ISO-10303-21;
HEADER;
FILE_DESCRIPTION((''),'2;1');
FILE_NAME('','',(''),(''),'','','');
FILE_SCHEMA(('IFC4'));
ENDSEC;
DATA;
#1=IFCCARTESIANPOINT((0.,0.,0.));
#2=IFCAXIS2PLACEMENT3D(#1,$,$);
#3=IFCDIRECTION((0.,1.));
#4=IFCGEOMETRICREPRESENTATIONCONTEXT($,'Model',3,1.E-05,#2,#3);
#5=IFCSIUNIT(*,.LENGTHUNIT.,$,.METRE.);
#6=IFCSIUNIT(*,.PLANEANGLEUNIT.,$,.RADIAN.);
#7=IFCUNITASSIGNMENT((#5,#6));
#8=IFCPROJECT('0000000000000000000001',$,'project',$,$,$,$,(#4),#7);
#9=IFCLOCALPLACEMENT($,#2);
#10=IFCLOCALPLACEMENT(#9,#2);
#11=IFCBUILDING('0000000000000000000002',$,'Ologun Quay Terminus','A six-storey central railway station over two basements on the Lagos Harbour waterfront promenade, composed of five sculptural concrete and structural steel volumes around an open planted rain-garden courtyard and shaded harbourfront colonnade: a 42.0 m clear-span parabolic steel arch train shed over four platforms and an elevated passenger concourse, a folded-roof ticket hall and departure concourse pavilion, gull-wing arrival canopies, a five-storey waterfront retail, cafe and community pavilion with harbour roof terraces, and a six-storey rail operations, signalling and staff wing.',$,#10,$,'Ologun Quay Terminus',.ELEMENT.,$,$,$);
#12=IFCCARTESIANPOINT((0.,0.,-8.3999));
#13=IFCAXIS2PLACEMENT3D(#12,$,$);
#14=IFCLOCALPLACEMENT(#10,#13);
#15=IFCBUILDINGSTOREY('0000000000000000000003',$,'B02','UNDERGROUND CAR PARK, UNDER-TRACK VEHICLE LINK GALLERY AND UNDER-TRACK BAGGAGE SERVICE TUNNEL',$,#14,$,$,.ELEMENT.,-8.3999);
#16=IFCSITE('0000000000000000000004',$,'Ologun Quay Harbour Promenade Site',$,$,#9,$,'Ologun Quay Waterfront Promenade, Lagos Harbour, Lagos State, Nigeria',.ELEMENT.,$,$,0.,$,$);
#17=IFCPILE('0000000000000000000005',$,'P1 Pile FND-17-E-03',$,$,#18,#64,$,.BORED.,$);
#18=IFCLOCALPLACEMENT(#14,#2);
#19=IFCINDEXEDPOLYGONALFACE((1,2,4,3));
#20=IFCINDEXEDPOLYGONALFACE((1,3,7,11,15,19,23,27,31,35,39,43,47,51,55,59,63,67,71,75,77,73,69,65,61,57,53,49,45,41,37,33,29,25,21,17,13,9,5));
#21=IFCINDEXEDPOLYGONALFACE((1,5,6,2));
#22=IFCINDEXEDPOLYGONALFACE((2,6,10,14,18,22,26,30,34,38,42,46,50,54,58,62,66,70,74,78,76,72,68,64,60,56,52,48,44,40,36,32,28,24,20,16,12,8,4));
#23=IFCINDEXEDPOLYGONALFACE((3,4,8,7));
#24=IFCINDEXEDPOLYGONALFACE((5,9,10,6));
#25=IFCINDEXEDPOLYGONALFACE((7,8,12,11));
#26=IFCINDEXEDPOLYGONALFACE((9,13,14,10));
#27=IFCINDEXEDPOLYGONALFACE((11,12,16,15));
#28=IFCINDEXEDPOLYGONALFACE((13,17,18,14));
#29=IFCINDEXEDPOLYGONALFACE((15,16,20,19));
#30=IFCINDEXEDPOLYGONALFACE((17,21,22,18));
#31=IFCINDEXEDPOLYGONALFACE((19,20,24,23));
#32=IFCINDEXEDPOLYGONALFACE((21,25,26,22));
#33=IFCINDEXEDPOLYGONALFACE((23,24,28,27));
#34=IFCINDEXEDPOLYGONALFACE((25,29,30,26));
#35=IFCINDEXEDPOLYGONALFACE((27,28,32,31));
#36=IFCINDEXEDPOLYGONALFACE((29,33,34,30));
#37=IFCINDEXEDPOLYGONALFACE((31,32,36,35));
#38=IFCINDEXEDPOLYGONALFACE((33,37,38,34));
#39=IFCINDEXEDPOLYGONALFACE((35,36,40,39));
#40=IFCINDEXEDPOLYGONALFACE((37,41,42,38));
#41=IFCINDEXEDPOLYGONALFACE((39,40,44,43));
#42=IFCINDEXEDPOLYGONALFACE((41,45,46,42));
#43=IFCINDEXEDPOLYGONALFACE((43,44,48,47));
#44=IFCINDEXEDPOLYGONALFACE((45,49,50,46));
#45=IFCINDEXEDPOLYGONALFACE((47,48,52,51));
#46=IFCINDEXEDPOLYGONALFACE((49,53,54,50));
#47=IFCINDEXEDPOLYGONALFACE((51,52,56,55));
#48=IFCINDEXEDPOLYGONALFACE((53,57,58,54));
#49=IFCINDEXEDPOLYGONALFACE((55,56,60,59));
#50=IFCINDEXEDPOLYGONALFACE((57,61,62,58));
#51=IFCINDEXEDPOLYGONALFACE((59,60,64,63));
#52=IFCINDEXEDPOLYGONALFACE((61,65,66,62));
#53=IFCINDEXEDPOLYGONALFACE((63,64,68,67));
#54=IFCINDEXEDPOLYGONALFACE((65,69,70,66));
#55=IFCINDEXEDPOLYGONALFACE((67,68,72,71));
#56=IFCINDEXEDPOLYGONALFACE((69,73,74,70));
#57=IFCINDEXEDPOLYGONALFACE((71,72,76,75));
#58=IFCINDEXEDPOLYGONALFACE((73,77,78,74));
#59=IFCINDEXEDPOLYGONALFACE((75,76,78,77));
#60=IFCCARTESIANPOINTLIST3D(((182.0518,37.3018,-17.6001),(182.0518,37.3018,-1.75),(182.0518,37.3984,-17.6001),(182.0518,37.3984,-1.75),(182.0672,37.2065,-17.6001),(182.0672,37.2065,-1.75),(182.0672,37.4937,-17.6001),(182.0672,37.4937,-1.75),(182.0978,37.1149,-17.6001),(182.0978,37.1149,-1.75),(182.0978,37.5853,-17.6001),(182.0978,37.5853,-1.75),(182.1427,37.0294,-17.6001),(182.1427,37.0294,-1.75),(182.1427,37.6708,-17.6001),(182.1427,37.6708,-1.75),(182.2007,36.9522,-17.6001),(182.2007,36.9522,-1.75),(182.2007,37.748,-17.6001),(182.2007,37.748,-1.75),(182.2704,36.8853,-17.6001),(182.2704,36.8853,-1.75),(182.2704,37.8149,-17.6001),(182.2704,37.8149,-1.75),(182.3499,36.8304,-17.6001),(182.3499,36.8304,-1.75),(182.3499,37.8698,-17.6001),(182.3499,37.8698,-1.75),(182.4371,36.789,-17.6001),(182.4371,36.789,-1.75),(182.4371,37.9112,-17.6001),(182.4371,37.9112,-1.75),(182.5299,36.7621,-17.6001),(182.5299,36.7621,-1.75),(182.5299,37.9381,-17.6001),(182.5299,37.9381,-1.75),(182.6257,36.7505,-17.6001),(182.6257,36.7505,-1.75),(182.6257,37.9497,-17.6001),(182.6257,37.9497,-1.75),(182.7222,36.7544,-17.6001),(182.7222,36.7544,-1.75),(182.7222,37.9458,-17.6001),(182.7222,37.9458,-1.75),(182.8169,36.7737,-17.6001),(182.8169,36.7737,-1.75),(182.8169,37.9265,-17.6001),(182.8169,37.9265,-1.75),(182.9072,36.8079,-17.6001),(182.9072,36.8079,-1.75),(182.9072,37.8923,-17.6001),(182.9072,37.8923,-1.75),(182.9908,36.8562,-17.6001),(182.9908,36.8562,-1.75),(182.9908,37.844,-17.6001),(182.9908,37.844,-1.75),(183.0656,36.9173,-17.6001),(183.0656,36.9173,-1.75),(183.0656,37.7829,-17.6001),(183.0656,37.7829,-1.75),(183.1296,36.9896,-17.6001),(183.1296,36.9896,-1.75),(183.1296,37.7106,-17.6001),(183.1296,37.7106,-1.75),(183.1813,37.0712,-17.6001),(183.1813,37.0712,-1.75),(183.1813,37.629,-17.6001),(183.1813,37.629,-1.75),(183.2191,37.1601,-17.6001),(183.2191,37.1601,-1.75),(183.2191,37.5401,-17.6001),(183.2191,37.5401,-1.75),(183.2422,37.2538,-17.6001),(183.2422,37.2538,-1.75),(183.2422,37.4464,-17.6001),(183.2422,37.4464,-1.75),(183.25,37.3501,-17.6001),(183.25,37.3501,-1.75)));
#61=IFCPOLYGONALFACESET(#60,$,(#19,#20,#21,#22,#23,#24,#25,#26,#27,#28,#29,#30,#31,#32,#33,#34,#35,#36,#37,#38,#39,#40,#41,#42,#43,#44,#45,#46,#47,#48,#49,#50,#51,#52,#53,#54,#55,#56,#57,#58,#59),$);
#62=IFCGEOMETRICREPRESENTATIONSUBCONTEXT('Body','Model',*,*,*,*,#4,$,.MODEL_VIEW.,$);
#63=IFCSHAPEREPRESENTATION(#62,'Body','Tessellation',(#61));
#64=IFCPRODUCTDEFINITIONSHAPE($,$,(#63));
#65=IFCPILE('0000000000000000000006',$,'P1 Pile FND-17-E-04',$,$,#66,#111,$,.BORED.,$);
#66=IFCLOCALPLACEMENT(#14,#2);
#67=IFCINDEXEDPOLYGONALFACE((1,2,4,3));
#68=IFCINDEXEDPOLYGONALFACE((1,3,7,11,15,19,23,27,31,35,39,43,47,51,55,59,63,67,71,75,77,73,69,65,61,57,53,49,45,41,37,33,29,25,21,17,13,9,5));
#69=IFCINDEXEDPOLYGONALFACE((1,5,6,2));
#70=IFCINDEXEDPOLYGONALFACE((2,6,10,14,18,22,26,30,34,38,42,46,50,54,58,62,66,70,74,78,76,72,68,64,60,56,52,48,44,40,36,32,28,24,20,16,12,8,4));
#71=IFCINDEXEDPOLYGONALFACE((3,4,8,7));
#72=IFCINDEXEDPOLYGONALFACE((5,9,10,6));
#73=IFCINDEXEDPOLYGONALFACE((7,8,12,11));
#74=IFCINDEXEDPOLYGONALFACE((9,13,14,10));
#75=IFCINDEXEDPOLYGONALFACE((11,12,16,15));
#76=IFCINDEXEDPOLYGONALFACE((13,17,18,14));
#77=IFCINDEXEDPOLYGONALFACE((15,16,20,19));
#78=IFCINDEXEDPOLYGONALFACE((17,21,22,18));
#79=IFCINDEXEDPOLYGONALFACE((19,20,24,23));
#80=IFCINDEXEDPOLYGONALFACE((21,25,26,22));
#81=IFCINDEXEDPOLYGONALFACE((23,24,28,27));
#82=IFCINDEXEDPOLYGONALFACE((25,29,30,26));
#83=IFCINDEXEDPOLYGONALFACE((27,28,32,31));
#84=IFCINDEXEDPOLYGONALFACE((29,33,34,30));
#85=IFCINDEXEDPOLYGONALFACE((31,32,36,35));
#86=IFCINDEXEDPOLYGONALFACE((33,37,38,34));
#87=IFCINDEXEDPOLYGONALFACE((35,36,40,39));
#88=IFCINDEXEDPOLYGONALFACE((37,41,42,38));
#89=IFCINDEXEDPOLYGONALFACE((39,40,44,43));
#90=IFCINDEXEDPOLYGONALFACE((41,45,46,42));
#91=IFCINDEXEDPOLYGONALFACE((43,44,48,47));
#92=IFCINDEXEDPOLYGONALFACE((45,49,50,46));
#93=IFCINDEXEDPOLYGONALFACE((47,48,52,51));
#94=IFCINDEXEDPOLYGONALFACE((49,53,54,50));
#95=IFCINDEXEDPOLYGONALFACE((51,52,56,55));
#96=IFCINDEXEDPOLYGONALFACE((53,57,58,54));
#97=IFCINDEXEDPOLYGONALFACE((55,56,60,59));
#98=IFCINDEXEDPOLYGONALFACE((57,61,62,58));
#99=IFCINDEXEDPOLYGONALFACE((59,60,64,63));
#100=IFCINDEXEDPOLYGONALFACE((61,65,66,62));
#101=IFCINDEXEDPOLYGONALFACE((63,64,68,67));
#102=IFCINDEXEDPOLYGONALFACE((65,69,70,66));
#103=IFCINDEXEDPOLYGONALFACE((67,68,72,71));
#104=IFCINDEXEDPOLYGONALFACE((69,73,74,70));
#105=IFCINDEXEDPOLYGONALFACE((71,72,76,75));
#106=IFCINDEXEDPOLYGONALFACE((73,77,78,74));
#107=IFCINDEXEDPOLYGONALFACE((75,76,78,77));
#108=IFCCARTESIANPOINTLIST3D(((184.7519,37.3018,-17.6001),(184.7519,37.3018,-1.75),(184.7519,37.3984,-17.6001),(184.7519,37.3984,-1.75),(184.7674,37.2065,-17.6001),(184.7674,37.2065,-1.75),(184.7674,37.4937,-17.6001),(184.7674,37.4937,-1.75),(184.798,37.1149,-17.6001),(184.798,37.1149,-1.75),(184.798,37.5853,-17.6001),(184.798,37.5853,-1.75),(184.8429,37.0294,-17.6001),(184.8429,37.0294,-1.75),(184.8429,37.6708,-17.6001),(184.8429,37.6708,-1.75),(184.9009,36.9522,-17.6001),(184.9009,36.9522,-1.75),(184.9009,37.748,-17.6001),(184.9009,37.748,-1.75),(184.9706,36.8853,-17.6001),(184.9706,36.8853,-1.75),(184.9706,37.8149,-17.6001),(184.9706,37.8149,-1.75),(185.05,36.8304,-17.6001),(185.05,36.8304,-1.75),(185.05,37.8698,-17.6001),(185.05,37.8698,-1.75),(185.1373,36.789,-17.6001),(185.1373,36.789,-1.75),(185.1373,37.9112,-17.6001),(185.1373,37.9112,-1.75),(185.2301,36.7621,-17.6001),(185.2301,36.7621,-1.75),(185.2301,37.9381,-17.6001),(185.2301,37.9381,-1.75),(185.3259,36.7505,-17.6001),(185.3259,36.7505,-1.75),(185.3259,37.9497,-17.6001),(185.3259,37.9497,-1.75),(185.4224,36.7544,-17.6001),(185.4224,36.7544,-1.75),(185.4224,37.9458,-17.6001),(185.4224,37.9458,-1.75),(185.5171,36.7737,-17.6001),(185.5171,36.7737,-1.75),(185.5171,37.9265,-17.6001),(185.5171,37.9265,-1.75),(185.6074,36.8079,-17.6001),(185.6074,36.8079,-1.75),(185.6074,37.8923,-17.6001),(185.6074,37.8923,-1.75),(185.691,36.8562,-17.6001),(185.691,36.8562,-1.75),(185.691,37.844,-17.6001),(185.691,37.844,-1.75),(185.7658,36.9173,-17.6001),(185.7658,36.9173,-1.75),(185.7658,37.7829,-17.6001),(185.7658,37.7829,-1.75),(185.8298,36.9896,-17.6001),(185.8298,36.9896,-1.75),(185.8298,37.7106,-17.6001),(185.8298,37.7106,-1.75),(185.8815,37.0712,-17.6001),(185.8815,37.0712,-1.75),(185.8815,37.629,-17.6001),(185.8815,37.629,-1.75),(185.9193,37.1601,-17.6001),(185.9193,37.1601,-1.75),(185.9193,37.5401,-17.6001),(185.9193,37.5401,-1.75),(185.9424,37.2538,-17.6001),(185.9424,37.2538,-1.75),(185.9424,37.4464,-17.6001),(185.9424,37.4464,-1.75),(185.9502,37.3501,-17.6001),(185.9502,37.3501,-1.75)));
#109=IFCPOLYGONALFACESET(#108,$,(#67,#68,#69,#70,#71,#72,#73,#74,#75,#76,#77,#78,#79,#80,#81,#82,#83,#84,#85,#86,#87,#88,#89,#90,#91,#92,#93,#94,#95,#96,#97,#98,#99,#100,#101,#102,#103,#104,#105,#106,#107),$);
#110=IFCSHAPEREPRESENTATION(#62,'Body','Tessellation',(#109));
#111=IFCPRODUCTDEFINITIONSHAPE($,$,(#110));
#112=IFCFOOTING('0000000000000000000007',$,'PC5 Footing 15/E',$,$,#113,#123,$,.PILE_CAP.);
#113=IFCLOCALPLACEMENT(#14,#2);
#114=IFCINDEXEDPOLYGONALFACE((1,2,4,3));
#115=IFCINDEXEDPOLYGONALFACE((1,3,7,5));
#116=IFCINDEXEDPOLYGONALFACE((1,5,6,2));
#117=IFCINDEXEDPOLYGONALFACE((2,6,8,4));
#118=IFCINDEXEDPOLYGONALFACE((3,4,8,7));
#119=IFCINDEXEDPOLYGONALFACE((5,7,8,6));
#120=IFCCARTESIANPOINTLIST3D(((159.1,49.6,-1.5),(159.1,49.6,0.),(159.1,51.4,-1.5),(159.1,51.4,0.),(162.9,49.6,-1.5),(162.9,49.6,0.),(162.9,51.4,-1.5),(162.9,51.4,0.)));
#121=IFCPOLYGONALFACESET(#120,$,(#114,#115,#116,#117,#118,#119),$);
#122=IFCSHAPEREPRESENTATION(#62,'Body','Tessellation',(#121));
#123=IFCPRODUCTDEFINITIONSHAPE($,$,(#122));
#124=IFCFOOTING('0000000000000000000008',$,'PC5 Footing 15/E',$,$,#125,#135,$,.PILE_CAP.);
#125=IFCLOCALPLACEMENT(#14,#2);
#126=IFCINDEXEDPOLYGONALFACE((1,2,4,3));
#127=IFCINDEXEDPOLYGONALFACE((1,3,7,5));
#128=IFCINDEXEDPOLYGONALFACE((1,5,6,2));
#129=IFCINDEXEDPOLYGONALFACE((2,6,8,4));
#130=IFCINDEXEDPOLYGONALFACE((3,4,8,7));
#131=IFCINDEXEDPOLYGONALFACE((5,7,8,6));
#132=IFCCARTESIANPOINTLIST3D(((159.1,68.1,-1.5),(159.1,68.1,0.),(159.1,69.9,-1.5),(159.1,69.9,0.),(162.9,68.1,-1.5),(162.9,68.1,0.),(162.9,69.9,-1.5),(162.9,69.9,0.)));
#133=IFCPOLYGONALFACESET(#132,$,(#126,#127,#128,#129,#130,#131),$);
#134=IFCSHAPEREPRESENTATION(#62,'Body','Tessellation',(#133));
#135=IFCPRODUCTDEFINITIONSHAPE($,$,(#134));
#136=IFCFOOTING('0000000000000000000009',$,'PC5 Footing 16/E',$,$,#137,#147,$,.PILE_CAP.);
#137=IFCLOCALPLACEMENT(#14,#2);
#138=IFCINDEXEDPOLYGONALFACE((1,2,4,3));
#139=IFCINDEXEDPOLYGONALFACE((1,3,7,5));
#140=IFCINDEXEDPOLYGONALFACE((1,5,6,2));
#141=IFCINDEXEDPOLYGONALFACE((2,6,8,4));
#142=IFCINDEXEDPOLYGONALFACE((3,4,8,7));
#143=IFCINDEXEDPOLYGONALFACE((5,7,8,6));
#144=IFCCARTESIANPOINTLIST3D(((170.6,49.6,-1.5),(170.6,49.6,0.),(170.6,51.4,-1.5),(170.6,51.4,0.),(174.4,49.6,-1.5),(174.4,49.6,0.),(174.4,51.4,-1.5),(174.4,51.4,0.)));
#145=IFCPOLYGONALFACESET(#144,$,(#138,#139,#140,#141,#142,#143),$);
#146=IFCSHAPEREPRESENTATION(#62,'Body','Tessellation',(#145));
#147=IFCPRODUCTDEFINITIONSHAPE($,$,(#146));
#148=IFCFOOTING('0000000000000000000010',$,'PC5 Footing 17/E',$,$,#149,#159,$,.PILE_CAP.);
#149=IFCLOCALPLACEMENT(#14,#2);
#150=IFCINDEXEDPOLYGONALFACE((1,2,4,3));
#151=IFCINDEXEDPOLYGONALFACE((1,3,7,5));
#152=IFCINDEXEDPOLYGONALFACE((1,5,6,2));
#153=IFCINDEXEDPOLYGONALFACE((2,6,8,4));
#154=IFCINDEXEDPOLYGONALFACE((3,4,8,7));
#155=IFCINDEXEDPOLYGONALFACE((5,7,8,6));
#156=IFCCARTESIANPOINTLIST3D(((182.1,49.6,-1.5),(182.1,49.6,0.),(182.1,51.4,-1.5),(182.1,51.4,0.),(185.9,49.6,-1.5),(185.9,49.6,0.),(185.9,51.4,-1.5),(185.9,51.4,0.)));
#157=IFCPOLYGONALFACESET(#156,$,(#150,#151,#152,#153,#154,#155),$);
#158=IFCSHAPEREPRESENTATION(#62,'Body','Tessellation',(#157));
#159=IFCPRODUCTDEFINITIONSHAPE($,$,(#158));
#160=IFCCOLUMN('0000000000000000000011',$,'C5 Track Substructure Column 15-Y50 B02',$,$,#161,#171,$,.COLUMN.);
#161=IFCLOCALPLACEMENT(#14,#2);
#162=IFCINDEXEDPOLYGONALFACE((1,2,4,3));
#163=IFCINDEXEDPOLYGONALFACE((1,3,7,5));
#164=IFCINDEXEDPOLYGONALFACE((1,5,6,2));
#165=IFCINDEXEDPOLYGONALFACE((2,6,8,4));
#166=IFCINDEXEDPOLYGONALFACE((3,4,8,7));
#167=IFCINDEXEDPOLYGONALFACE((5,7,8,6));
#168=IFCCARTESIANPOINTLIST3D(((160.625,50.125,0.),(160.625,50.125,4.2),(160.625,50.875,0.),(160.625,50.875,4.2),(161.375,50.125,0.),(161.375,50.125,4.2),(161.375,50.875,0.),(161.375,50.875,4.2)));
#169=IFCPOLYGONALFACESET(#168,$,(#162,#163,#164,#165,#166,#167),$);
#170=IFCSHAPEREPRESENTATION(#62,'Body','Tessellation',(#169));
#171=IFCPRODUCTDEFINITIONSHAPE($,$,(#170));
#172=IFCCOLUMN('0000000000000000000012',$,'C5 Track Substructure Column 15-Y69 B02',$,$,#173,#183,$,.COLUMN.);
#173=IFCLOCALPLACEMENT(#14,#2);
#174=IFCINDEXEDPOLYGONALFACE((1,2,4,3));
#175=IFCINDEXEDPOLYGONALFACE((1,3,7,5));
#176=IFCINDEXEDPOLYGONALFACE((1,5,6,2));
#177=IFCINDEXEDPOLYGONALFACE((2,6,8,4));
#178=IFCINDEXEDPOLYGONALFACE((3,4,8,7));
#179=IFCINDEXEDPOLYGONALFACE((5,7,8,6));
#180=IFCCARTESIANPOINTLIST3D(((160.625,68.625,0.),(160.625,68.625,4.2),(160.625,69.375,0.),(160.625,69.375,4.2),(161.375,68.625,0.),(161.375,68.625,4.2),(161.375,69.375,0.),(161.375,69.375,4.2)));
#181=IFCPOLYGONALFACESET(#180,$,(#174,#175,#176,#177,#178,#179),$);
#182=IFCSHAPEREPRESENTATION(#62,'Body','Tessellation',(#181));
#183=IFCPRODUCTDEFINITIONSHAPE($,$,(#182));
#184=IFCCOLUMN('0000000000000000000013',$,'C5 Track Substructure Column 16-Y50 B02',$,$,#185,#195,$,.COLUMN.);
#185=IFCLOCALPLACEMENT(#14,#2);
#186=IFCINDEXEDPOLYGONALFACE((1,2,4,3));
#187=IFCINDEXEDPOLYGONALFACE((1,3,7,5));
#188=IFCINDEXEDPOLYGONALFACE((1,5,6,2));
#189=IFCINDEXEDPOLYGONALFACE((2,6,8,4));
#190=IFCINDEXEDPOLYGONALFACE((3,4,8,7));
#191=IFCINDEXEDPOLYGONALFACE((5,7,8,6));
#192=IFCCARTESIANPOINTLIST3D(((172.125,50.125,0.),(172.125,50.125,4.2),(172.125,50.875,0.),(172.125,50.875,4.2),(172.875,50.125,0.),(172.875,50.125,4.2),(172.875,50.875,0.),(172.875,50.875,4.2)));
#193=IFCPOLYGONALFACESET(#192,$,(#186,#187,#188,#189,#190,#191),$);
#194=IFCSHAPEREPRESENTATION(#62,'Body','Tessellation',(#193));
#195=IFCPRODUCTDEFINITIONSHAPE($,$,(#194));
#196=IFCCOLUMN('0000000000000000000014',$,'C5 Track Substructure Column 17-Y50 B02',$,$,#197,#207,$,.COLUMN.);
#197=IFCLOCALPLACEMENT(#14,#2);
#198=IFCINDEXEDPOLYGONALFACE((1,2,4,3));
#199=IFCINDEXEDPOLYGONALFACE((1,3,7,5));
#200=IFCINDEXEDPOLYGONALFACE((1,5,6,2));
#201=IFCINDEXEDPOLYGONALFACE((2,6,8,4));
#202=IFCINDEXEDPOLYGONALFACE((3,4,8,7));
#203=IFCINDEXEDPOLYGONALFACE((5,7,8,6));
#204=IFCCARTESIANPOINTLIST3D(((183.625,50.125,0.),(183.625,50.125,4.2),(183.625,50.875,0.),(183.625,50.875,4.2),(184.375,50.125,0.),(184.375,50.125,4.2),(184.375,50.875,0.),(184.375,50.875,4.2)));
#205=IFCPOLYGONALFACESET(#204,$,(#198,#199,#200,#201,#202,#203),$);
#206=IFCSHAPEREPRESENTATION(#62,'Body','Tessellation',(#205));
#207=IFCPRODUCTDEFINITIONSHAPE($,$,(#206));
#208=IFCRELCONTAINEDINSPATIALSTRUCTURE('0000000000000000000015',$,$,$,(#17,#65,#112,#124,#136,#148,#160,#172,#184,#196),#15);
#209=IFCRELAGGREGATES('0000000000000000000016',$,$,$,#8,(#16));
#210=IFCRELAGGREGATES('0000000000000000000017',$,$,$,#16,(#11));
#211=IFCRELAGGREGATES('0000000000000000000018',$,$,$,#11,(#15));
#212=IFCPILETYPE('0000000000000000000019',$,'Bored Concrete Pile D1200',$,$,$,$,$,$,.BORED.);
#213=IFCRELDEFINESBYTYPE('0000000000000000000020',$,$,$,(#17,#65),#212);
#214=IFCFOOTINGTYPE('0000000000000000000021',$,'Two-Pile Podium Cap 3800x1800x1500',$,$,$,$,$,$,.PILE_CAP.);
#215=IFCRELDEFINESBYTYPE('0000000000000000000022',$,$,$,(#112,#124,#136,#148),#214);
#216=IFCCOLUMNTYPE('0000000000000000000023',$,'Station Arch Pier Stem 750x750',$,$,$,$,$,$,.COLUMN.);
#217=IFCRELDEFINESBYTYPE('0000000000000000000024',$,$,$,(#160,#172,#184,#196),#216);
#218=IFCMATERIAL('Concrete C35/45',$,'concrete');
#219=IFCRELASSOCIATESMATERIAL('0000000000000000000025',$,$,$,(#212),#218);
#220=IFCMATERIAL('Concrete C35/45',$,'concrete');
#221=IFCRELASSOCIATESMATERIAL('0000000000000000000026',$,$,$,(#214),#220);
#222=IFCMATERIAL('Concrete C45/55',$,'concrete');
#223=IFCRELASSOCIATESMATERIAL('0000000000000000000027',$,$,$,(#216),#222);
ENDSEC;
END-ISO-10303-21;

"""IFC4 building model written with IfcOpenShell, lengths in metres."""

from ifc_helpers import new_model, si_unit, direction, frame, origin, origin_2d, place, context, subcontext, project, spatial, rectangle, circle, extrude, material, material_profile, profile_set, type_object, element, save


model = new_model("IFC4")

# Units and contexts
model_context = context("Model", 3, precision=1e-05, world=origin(), true_north=direction((0.0, 1.0)))
body_context = subcontext(model_context, "Body", "Model", "MODEL_VIEW")
ifc_project = project(units=[si_unit("LENGTHUNIT", "METRE"), si_unit("PLANEANGLEUNIT", "RADIAN")], contexts=[model_context])

# Site, building, storey
site_placement = place(None, origin())
site = spatial("IfcSite", under=ifc_project, at=site_placement, Name="Ologun Quay Harbour Promenade Site", LongName="Ologun Quay Waterfront Promenade, Lagos Harbour, Lagos State, Nigeria", CompositionType="ELEMENT", RefElevation=0.0)
building_placement = place(site_placement, origin())
building = spatial("IfcBuilding", under=site, at=building_placement, Name="Ologun Quay Terminus", Description="A six-storey central railway station over two basements on the Lagos Harbour waterfront promenade, composed of five sculptural concrete and structural steel volumes around an open planted rain-garden courtyard and shaded harbourfront colonnade: a 42.0 m clear-span parabolic steel arch train shed over four platforms and an elevated passenger concourse, a folded-roof ticket hall and departure concourse pavilion, gull-wing arrival canopies, a five-storey waterfront retail, cafe and community pavilion with harbour roof terraces, and a six-storey rail operations, signalling and staff wing.", LongName="Ologun Quay Terminus", CompositionType="ELEMENT")
storey_placement = place(building_placement, frame((0.0, 0.0, -8.3999)))
storey = spatial("IfcBuildingStorey", under=building, at=storey_placement, Name="B02", Description="UNDERGROUND CAR PARK, UNDER-TRACK VEHICLE LINK GALLERY AND UNDER-TRACK BAGGAGE SERVICE TUNNEL", CompositionType="ELEMENT", Elevation=-8.3999)

# Piles
ifc_material_1 = material(Name="Concrete C35/45", Category="concrete")
ifc_material_profile_1 = material_profile(ifc_material_1, circle(Radius=0.6001, at=origin_2d()), Name="PILE D1200")
ifc_profile_set_1 = profile_set([ifc_material_profile_1], Name="Concrete C35/45")
pile_type_1 = type_object("IfcPileType", Name="Bored Concrete Pile D1200", PredefinedType="BORED", material=ifc_profile_set_1)
for number, where, z_axis, x_axis, name in (
    (1, (182.6499, 37.3501, -1.75), (0.0, 0.0, -1.0), (1.0, 0.0, 0.0), "P1 Pile FND-17-E-03"),
    (2, (185.3501, 37.3501, -1.75), (0.0, 0.0, -1.0), (1.0, 0.0, 0.0), "P1 Pile FND-17-E-04"),
):
    element("IfcPile", number, at=place(storey_placement, frame(where, z_axis=z_axis, x_axis=x_axis)), inside=storey, type_object=pile_type_1, Name=name, PredefinedType="BORED", context=body_context, shape_type="SweptSolid", body=[
        extrude(circle(Radius=0.6001, at=origin_2d()), origin(), (0.0, 0.0, 1.0), 15.8501),
    ])

# Footings
ifc_material_2 = material(Name="Concrete C35/45", Category="concrete")
footing_type = type_object("IfcFootingType", Name="Two-Pile Podium Cap 3800x1800x1500", PredefinedType="PILE_CAP", material=ifc_material_2)
for number, where, z_axis, x_axis, name in (
    (3, (161.0, 50.5, -1.5), (0.0, 0.0, 1.0), (1.0, 0.0, 0.0), "PC5 Footing 15/E"),
    (4, (161.0, 69.0, -1.5), (0.0, 0.0, 1.0), (1.0, 0.0, 0.0), "PC5 Footing 15/E"),
    (5, (172.5, 50.5, -1.5), (0.0, 0.0, 1.0), (1.0, 0.0, 0.0), "PC5 Footing 16/E"),
    (6, (184.0, 50.5, -1.5), (0.0, 0.0, 1.0), (1.0, 0.0, 0.0), "PC5 Footing 17/E"),
):
    element("IfcFooting", number, at=place(storey_placement, frame(where, z_axis=z_axis, x_axis=x_axis)), inside=storey, type_object=footing_type, Name=name, PredefinedType="PILE_CAP", context=body_context, shape_type="SweptSolid", body=[
        extrude(rectangle(XDim=3.8, YDim=1.8, at=origin_2d()), origin(), (0.0, 0.0, 1.0), 1.5),
    ])

# Columns
ifc_material_3 = material(Name="Concrete C45/55", Category="concrete")
ifc_material_profile_2 = material_profile(ifc_material_3, rectangle(XDim=0.75, YDim=0.75, at=origin_2d()), Name="RC 750x750")
ifc_profile_set_2 = profile_set([ifc_material_profile_2], Name="Concrete C45/55")
column_type = type_object("IfcColumnType", Name="Station Arch Pier Stem 750x750", PredefinedType="COLUMN", material=ifc_profile_set_2)
for number, where, z_axis, x_axis, name in (
    (7, (161.0, 50.5, 0.0), (0.0, 0.0, 1.0), (1.0, 0.0, 0.0), "C5 Track Substructure Column 15-Y50 B02"),
    (8, (161.0, 69.0, 0.0), (0.0, 0.0, 1.0), (1.0, 0.0, 0.0), "C5 Track Substructure Column 15-Y69 B02"),
    (9, (172.5, 50.5, 0.0), (0.0, 0.0, 1.0), (1.0, 0.0, 0.0), "C5 Track Substructure Column 16-Y50 B02"),
    (10, (184.0, 50.5, 0.0), (0.0, 0.0, 1.0), (1.0, 0.0, 0.0), "C5 Track Substructure Column 17-Y50 B02"),
):
    element("IfcColumn", number, at=place(storey_placement, frame(where, z_axis=z_axis, x_axis=x_axis)), inside=storey, type_object=column_type, Name=name, PredefinedType="COLUMN", context=body_context, shape_type="SweptSolid", body=[
        extrude(rectangle(XDim=0.75, YDim=0.75, at=origin_2d()), origin(), (0.0, 0.0, 1.0), 4.2),
    ])

save(model, "model.ifc")
